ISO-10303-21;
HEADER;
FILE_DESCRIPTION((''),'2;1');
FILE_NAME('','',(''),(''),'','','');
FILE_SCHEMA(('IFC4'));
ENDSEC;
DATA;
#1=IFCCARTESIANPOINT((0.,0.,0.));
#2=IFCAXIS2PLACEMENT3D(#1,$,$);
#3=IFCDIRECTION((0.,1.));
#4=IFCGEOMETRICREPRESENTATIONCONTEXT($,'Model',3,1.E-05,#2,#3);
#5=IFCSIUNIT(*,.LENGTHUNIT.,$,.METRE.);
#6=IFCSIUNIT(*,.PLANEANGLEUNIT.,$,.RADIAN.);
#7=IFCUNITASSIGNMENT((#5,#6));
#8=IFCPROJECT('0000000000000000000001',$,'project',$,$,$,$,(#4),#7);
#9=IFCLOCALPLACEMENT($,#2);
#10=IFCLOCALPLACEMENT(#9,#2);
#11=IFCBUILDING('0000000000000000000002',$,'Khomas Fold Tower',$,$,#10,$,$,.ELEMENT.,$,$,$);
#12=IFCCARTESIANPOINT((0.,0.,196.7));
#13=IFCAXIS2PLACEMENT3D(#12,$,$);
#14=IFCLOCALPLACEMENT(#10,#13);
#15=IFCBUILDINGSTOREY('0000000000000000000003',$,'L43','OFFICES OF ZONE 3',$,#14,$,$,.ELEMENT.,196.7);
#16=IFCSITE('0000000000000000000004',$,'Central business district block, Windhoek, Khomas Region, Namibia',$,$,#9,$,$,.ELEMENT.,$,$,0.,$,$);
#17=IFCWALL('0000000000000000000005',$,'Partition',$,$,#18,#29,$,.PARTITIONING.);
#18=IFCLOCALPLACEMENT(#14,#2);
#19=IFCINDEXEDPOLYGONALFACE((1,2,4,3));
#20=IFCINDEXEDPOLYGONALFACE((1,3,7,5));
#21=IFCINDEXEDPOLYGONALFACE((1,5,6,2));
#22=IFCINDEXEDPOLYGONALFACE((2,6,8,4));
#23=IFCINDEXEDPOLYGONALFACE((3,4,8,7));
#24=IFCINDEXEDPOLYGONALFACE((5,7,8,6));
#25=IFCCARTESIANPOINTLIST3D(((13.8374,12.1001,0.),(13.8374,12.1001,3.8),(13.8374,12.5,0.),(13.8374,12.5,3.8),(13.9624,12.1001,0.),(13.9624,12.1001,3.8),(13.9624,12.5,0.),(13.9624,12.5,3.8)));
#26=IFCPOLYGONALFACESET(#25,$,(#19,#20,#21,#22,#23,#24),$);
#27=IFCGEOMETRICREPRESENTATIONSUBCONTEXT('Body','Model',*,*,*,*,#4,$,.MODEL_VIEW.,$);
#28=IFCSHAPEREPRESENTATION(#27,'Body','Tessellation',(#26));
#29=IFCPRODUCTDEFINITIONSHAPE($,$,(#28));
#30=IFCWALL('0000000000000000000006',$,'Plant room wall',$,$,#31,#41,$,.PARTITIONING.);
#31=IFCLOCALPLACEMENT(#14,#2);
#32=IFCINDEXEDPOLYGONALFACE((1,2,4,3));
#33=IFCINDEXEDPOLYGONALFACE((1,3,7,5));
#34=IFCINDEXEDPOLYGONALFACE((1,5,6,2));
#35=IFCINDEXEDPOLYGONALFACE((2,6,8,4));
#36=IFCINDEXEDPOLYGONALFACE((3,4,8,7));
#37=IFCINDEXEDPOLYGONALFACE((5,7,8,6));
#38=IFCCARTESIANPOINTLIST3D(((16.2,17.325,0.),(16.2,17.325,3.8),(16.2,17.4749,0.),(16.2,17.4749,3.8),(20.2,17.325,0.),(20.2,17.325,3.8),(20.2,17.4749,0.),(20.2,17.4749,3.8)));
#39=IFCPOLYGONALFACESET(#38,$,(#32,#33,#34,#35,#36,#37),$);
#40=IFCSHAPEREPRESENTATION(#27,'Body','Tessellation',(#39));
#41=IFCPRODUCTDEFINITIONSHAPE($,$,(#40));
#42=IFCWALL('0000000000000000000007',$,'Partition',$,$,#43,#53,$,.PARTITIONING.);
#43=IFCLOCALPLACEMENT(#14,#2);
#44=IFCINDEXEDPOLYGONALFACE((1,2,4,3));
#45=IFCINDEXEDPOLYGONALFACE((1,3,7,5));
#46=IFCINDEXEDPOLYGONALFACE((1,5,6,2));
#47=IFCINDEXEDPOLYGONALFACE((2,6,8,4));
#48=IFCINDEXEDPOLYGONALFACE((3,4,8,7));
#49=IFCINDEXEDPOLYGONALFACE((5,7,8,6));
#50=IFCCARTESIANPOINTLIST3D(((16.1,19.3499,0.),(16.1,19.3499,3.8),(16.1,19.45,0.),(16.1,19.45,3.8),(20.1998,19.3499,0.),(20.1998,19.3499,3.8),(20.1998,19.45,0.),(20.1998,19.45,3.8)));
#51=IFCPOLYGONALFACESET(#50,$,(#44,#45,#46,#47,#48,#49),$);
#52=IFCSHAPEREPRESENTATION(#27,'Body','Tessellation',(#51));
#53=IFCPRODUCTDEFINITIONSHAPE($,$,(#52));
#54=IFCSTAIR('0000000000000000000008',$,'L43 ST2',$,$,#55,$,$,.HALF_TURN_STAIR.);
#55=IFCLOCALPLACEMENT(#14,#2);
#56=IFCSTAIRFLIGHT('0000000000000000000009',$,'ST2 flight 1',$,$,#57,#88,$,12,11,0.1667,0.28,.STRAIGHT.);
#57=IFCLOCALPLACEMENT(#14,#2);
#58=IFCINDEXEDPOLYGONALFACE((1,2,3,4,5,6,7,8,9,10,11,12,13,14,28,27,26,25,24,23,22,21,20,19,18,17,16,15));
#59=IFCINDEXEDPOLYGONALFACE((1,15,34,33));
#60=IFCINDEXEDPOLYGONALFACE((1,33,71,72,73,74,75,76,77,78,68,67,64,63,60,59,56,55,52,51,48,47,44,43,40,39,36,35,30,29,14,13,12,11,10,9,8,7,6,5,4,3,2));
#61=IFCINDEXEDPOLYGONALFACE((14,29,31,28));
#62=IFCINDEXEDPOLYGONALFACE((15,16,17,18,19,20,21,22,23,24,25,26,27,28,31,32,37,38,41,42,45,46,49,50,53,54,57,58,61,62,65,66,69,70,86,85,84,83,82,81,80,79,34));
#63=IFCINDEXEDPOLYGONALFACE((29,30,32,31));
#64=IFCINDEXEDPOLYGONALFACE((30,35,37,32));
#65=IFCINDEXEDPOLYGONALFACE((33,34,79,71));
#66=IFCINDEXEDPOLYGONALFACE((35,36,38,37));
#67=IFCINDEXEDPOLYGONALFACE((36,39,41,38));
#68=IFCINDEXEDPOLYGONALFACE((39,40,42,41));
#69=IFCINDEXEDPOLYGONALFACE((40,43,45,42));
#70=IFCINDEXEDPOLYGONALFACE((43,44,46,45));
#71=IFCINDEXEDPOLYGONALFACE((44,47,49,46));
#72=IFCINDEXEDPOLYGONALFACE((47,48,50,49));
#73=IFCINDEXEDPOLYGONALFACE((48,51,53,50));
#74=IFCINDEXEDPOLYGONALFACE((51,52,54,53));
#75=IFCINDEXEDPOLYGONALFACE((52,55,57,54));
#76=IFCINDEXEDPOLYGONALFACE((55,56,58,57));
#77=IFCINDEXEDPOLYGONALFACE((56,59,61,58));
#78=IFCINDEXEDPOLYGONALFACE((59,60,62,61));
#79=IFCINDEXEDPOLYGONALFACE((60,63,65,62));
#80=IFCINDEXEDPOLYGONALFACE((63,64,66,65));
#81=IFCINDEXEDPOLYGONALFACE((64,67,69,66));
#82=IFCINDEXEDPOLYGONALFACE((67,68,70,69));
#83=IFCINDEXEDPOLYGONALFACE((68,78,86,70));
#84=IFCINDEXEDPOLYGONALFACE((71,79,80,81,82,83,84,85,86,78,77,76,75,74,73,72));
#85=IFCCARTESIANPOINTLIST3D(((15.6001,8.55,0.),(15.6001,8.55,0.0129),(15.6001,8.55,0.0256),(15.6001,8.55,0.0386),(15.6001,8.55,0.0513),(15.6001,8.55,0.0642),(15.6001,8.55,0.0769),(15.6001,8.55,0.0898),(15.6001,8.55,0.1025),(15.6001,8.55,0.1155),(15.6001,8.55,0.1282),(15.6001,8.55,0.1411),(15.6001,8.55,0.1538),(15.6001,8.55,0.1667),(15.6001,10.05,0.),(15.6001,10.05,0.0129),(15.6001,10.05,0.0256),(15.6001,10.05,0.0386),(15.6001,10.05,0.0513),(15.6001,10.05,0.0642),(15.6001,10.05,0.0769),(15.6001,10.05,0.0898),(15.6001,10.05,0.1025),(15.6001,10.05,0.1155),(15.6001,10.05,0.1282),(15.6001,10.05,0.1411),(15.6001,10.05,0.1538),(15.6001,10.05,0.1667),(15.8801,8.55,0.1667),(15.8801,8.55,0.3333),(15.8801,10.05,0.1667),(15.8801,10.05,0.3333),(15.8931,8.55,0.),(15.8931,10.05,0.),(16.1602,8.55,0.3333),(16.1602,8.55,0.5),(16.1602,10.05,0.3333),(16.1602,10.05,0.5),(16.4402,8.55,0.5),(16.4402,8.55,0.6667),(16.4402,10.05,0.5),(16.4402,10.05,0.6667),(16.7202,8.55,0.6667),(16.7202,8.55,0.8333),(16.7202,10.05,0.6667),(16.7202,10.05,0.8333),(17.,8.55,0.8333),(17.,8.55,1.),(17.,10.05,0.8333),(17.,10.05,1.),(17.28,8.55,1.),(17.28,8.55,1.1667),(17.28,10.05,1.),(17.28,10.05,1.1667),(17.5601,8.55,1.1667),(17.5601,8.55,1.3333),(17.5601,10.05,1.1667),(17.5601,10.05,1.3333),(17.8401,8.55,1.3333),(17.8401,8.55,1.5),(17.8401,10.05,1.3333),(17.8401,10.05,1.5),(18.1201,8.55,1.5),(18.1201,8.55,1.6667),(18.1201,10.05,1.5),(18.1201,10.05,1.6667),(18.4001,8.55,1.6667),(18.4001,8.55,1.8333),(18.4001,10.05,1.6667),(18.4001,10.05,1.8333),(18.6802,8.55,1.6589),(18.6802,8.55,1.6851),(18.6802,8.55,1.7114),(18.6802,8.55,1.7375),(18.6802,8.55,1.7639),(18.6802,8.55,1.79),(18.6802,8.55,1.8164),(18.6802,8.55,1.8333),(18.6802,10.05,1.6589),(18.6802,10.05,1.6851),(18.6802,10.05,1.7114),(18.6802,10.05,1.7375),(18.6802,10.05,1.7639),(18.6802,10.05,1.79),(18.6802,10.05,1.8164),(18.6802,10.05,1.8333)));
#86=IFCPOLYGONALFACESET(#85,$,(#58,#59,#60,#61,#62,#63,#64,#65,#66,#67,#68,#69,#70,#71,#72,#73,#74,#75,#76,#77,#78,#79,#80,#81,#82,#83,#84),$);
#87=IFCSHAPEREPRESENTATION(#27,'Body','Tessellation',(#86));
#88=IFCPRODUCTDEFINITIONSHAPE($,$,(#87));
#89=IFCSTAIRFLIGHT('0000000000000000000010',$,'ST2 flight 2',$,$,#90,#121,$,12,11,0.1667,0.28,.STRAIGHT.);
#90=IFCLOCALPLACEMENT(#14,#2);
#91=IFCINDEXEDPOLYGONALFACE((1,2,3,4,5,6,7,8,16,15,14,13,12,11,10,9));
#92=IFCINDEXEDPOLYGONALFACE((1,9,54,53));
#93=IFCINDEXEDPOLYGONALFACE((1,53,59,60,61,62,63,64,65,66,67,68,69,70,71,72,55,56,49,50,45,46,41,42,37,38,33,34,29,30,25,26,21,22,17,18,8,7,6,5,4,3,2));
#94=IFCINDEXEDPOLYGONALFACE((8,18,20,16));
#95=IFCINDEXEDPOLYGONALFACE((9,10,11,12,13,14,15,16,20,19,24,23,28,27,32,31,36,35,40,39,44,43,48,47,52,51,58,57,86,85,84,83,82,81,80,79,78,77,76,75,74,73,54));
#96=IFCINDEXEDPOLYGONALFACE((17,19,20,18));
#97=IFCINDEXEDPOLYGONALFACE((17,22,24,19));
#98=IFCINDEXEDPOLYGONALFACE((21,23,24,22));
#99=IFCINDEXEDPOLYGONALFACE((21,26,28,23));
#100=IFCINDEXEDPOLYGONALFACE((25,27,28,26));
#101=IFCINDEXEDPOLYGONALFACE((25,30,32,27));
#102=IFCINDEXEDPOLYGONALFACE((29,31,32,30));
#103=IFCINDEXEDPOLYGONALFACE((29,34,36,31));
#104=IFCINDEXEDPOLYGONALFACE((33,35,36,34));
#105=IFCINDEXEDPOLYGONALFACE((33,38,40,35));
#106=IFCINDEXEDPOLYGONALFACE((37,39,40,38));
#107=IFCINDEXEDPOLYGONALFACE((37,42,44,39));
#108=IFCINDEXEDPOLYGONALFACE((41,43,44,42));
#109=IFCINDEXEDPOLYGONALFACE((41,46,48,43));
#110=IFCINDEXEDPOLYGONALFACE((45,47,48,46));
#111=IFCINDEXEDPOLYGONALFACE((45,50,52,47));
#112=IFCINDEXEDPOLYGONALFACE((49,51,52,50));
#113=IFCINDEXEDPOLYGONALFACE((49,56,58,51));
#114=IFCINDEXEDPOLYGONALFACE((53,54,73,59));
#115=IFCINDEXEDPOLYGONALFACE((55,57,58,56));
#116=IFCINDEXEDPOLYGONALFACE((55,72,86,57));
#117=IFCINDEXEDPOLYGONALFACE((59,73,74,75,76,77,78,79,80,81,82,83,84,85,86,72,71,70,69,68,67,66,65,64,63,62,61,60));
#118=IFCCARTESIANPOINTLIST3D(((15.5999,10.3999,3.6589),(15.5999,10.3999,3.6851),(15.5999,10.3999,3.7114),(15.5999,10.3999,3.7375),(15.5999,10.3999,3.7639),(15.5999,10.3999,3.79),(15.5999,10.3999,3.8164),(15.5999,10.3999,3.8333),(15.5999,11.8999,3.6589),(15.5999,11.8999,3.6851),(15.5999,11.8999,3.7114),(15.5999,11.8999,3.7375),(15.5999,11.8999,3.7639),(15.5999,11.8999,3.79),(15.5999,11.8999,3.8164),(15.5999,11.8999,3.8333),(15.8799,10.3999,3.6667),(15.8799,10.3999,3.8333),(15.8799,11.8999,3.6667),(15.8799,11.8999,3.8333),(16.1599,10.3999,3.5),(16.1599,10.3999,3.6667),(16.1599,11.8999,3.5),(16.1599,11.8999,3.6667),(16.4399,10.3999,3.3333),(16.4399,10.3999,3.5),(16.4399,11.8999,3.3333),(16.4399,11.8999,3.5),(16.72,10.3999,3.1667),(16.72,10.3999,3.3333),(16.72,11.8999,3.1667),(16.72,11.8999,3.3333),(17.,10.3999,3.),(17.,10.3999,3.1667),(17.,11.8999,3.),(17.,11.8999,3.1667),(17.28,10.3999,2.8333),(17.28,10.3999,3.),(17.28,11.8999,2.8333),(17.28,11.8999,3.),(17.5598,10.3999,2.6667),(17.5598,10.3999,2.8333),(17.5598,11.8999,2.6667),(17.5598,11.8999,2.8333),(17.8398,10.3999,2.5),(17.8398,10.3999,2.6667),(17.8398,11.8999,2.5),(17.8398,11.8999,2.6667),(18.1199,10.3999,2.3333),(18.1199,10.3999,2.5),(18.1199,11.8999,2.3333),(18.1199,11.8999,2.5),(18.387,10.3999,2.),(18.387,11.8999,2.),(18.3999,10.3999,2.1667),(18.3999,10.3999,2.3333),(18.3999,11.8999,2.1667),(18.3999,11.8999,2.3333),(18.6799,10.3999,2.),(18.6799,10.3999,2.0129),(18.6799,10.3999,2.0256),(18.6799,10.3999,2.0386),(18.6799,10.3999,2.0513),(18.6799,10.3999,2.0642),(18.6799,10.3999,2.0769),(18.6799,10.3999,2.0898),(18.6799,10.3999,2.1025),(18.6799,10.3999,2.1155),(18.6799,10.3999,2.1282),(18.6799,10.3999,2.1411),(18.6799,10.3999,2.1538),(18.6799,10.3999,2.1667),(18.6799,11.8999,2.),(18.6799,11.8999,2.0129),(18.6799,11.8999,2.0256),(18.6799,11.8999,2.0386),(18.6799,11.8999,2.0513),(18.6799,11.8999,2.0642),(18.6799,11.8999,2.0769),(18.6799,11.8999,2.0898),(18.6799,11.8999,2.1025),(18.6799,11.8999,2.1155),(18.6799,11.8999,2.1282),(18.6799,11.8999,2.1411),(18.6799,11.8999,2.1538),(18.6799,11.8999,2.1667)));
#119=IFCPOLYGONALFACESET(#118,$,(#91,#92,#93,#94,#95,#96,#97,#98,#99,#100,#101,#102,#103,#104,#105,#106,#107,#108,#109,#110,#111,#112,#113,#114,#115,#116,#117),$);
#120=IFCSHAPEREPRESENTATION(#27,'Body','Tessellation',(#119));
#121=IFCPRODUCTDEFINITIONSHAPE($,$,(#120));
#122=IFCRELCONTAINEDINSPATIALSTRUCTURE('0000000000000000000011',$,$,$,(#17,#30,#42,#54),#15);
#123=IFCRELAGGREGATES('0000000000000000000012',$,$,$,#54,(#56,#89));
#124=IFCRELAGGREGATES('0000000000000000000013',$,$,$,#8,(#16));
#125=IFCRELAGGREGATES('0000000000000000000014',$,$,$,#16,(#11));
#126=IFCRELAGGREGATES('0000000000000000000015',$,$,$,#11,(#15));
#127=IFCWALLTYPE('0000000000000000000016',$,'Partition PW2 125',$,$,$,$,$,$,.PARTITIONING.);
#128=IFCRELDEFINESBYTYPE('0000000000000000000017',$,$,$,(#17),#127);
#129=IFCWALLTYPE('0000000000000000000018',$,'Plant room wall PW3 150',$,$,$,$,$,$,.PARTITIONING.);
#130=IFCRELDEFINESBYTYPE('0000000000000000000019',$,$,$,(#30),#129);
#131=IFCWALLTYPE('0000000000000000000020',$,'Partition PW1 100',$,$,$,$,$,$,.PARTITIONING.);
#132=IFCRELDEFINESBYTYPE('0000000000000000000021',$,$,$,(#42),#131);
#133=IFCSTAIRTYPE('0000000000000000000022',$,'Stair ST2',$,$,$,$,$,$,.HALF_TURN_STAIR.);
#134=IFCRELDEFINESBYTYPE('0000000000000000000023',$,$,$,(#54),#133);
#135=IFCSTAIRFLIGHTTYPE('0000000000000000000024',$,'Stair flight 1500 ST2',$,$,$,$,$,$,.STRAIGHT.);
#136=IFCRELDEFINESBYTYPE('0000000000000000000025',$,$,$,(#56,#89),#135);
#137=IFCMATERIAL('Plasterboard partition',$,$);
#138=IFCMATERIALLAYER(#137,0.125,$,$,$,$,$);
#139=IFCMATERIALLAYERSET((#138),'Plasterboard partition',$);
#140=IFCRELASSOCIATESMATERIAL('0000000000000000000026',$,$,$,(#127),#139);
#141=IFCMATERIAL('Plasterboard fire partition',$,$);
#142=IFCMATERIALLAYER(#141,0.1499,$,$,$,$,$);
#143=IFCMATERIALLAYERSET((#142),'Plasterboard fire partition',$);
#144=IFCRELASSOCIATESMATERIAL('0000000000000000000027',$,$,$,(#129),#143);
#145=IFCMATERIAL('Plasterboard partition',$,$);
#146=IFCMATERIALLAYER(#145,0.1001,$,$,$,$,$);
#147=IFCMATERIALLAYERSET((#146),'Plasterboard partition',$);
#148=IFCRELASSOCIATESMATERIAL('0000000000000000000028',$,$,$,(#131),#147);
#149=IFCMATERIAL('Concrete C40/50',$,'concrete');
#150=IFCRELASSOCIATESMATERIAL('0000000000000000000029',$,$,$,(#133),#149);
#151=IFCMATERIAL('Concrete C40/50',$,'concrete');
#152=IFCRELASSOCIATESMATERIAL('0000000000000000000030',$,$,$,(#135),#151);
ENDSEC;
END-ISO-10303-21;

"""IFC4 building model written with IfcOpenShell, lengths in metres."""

from ifc_helpers import new_model, si_unit, direction, frame, frame_2d, origin, place, context, subcontext, project, spatial, polyline, rectangle, outline, extrude, source, transform, mapped, material, layer, layer_set, type_object, element, aggregate, save


model = new_model("IFC4")

# Units and contexts
model_context = context("Model", 3, precision=1e-05, world=origin(), true_north=direction((0.0, 1.0)))
body_context = subcontext(model_context, "Body", "Model", "MODEL_VIEW")
ifc_project = project(units=[si_unit("LENGTHUNIT", "METRE"), si_unit("PLANEANGLEUNIT", "RADIAN")], contexts=[model_context])

# Site, building, storey
site_placement = place(None, origin())
site = spatial("IfcSite", under=ifc_project, at=site_placement, Name="Central business district block, Windhoek, Khomas Region, Namibia", CompositionType="ELEMENT", RefElevation=0.0)
building_placement = place(site_placement, origin())
building = spatial("IfcBuilding", under=site, at=building_placement, Name="Khomas Fold Tower", CompositionType="ELEMENT")
storey_placement = place(building_placement, frame((0.0, 0.0, 196.7)))
storey = spatial("IfcBuildingStorey", under=building, at=storey_placement, Name="L43", Description="OFFICES OF ZONE 3", CompositionType="ELEMENT", Elevation=196.7)

# Walls
ifc_material_1 = material(Name="Plasterboard partition")
ifc_layer_1 = layer(ifc_material_1, 0.125)
ifc_layer_set_1 = layer_set([ifc_layer_1], Name="Plasterboard partition")
wall_type_1 = type_object("IfcWallType", Name="Partition PW2 125", PredefinedType="PARTITIONING", material=ifc_layer_set_1)
shared_shape_1 = source(origin(), body_context, "Body", "SweptSolid", [
    extrude(rectangle(XDim=0.3999, YDim=0.125, at=frame_2d((0.2, 0.0))), origin(), (0.0, 0.0, 1.0), 3.8),
])
wall_1_placement = place(storey_placement, frame((13.8999, 12.1001, 0.0), z_axis=(0.0, 0.0, 1.0), x_axis=(0.0, 1.0, 0.0)))
element("IfcWall", 1, at=wall_1_placement, inside=storey, type_object=wall_type_1, Name="Partition", PredefinedType="PARTITIONING", context=body_context, shape_type="MappedRepresentation", body=[
    mapped(shared_shape_1, transform((0.0, 0.0, 0.0))),
])
ifc_material_2 = material(Name="Plasterboard fire partition")
ifc_layer_2 = layer(ifc_material_2, 0.1499)
ifc_layer_set_2 = layer_set([ifc_layer_2], Name="Plasterboard fire partition")
wall_type_2 = type_object("IfcWallType", Name="Plant room wall PW3 150", PredefinedType="PARTITIONING", material=ifc_layer_set_2)
shared_shape_2 = source(origin(), body_context, "Body", "SweptSolid", [
    extrude(rectangle(XDim=4.0, YDim=0.1499, at=frame_2d((2.0, 0.0))), origin(), (0.0, 0.0, 1.0), 3.8),
])
wall_2_placement = place(storey_placement, frame((16.2, 17.3999, 0.0), z_axis=(0.0, 0.0, 1.0), x_axis=(1.0, 0.0, 0.0)))
element("IfcWall", 2, at=wall_2_placement, inside=storey, type_object=wall_type_2, Name="Plant room wall", PredefinedType="PARTITIONING", context=body_context, shape_type="MappedRepresentation", body=[
    mapped(shared_shape_2, transform((0.0, 0.0, 0.0))),
])
ifc_material_3 = material(Name="Plasterboard partition")
ifc_layer_3 = layer(ifc_material_3, 0.1001)
ifc_layer_set_3 = layer_set([ifc_layer_3], Name="Plasterboard partition")
wall_type_3 = type_object("IfcWallType", Name="Partition PW1 100", PredefinedType="PARTITIONING", material=ifc_layer_set_3)
shared_shape_3 = source(origin(), body_context, "Body", "SweptSolid", [
    extrude(rectangle(XDim=4.0999, YDim=0.1001, at=frame_2d((2.0498, 0.0))), origin(), (0.0, 0.0, 1.0), 3.8),
])
wall_3_placement = place(storey_placement, frame((16.1001, 19.3999, 0.0), z_axis=(0.0, 0.0, 1.0), x_axis=(1.0, 0.0, 0.0)))
element("IfcWall", 3, at=wall_3_placement, inside=storey, type_object=wall_type_3, Name="Partition", PredefinedType="PARTITIONING", context=body_context, shape_type="MappedRepresentation", body=[
    mapped(shared_shape_3, transform((0.0, 0.0, 0.0))),
])

# Stair, stair flights
ifc_material_4 = material(Name="Concrete C40/50", Category="concrete")
stair_type = type_object("IfcStairType", Name="Stair ST2", PredefinedType="HALF_TURN_STAIR", material=ifc_material_4)
stair_placement = place(storey_placement, origin())
stair = element("IfcStair", 4, at=stair_placement, inside=storey, type_object=stair_type, Name="L43 ST2", PredefinedType="HALF_TURN_STAIR")
ifc_material_5 = material(Name="Concrete C40/50", Category="concrete")
stair_flight_type = type_object("IfcStairFlightType", Name="Stair flight 1500 ST2", PredefinedType="STRAIGHT", material=ifc_material_5)
shared_shape_4 = source(origin(), body_context, "Body", "SweptSolid", [
    extrude(outline(polyline([(0.0, 0.0), (0.0, 0.0129), (0.0, 0.0256), (0.0, 0.0386), (0.0, 0.0513), (0.0, 0.0642), (0.0, 0.0769), (0.0, 0.0898), (0.0, 0.1025), (0.0, 0.1155), (0.0, 0.1282), (0.0, 0.1411), (0.0, 0.1538), (0.0, 0.1667), (0.28, 0.1667), (0.28, 0.3333), (0.5601, 0.3333), (0.5601, 0.5), (0.8401, 0.5), (0.8401, 0.6667), (1.1201, 0.6667), (1.1201, 0.8333), (1.3999, 0.8333), (1.3999, 1.0), (1.6799, 1.0), (1.6799, 1.1667), (1.96, 1.1667), (1.96, 1.3333), (2.24, 1.3333), (2.24, 1.5), (2.52, 1.5), (2.52, 1.6667), (2.8, 1.6667), (2.8, 1.8333), (3.0801, 1.8333), (3.0801, 2.0), (3.0801, 1.9739), (3.0801, 1.9475), (3.0801, 1.9214), (3.0801, 1.895), (3.0801, 1.8689), (3.0801, 1.8425), (3.0801, 1.8164), (3.0801, 1.79), (3.0801, 1.7639), (3.0801, 1.7375), (3.0801, 1.7114), (3.0801, 1.6851), (3.0801, 1.6589), (0.293, 0.0), (0.0, 0.0)])), frame((0.0, 0.75, 0.0), z_axis=(0.0, -1.0, 0.0), x_axis=(1.0, 0.0, 0.0)), (0.0, 0.0, 1.0), 1.5),
])
stair_flight_1_placement = place(storey_placement, frame((15.6001, 9.3, 0.0), z_axis=(0.0, 0.0, 1.0), x_axis=(1.0, 0.0, 0.0)))
stair_flight_1 = element("IfcStairFlight", 5, at=stair_flight_1_placement, type_object=stair_flight_type, Name="ST2 flight 1", NumberOfRisers=12, NumberOfTreads=11, PredefinedType="STRAIGHT", RiserHeight=0.1667, TreadLength=0.28, context=body_context, shape_type="MappedRepresentation", body=[
    mapped(shared_shape_4, transform((0.0, 0.0, 0.0))),
])
stair_flight_2_placement = place(storey_placement, frame((18.6799, 11.1499, 2.0), z_axis=(0.0, 0.0, 1.0), x_axis=(-1.0, 0.0, 0.0)))
stair_flight_2 = element("IfcStairFlight", 6, at=stair_flight_2_placement, type_object=stair_flight_type, Name="ST2 flight 2", NumberOfRisers=12, NumberOfTreads=11, PredefinedType="STRAIGHT", RiserHeight=0.1667, TreadLength=0.28, context=body_context, shape_type="MappedRepresentation", body=[
    mapped(shared_shape_4, transform((0.0, 0.0, 0.0))),
])
aggregate(stair, [stair_flight_1, stair_flight_2])

save(model, "model.ifc")
